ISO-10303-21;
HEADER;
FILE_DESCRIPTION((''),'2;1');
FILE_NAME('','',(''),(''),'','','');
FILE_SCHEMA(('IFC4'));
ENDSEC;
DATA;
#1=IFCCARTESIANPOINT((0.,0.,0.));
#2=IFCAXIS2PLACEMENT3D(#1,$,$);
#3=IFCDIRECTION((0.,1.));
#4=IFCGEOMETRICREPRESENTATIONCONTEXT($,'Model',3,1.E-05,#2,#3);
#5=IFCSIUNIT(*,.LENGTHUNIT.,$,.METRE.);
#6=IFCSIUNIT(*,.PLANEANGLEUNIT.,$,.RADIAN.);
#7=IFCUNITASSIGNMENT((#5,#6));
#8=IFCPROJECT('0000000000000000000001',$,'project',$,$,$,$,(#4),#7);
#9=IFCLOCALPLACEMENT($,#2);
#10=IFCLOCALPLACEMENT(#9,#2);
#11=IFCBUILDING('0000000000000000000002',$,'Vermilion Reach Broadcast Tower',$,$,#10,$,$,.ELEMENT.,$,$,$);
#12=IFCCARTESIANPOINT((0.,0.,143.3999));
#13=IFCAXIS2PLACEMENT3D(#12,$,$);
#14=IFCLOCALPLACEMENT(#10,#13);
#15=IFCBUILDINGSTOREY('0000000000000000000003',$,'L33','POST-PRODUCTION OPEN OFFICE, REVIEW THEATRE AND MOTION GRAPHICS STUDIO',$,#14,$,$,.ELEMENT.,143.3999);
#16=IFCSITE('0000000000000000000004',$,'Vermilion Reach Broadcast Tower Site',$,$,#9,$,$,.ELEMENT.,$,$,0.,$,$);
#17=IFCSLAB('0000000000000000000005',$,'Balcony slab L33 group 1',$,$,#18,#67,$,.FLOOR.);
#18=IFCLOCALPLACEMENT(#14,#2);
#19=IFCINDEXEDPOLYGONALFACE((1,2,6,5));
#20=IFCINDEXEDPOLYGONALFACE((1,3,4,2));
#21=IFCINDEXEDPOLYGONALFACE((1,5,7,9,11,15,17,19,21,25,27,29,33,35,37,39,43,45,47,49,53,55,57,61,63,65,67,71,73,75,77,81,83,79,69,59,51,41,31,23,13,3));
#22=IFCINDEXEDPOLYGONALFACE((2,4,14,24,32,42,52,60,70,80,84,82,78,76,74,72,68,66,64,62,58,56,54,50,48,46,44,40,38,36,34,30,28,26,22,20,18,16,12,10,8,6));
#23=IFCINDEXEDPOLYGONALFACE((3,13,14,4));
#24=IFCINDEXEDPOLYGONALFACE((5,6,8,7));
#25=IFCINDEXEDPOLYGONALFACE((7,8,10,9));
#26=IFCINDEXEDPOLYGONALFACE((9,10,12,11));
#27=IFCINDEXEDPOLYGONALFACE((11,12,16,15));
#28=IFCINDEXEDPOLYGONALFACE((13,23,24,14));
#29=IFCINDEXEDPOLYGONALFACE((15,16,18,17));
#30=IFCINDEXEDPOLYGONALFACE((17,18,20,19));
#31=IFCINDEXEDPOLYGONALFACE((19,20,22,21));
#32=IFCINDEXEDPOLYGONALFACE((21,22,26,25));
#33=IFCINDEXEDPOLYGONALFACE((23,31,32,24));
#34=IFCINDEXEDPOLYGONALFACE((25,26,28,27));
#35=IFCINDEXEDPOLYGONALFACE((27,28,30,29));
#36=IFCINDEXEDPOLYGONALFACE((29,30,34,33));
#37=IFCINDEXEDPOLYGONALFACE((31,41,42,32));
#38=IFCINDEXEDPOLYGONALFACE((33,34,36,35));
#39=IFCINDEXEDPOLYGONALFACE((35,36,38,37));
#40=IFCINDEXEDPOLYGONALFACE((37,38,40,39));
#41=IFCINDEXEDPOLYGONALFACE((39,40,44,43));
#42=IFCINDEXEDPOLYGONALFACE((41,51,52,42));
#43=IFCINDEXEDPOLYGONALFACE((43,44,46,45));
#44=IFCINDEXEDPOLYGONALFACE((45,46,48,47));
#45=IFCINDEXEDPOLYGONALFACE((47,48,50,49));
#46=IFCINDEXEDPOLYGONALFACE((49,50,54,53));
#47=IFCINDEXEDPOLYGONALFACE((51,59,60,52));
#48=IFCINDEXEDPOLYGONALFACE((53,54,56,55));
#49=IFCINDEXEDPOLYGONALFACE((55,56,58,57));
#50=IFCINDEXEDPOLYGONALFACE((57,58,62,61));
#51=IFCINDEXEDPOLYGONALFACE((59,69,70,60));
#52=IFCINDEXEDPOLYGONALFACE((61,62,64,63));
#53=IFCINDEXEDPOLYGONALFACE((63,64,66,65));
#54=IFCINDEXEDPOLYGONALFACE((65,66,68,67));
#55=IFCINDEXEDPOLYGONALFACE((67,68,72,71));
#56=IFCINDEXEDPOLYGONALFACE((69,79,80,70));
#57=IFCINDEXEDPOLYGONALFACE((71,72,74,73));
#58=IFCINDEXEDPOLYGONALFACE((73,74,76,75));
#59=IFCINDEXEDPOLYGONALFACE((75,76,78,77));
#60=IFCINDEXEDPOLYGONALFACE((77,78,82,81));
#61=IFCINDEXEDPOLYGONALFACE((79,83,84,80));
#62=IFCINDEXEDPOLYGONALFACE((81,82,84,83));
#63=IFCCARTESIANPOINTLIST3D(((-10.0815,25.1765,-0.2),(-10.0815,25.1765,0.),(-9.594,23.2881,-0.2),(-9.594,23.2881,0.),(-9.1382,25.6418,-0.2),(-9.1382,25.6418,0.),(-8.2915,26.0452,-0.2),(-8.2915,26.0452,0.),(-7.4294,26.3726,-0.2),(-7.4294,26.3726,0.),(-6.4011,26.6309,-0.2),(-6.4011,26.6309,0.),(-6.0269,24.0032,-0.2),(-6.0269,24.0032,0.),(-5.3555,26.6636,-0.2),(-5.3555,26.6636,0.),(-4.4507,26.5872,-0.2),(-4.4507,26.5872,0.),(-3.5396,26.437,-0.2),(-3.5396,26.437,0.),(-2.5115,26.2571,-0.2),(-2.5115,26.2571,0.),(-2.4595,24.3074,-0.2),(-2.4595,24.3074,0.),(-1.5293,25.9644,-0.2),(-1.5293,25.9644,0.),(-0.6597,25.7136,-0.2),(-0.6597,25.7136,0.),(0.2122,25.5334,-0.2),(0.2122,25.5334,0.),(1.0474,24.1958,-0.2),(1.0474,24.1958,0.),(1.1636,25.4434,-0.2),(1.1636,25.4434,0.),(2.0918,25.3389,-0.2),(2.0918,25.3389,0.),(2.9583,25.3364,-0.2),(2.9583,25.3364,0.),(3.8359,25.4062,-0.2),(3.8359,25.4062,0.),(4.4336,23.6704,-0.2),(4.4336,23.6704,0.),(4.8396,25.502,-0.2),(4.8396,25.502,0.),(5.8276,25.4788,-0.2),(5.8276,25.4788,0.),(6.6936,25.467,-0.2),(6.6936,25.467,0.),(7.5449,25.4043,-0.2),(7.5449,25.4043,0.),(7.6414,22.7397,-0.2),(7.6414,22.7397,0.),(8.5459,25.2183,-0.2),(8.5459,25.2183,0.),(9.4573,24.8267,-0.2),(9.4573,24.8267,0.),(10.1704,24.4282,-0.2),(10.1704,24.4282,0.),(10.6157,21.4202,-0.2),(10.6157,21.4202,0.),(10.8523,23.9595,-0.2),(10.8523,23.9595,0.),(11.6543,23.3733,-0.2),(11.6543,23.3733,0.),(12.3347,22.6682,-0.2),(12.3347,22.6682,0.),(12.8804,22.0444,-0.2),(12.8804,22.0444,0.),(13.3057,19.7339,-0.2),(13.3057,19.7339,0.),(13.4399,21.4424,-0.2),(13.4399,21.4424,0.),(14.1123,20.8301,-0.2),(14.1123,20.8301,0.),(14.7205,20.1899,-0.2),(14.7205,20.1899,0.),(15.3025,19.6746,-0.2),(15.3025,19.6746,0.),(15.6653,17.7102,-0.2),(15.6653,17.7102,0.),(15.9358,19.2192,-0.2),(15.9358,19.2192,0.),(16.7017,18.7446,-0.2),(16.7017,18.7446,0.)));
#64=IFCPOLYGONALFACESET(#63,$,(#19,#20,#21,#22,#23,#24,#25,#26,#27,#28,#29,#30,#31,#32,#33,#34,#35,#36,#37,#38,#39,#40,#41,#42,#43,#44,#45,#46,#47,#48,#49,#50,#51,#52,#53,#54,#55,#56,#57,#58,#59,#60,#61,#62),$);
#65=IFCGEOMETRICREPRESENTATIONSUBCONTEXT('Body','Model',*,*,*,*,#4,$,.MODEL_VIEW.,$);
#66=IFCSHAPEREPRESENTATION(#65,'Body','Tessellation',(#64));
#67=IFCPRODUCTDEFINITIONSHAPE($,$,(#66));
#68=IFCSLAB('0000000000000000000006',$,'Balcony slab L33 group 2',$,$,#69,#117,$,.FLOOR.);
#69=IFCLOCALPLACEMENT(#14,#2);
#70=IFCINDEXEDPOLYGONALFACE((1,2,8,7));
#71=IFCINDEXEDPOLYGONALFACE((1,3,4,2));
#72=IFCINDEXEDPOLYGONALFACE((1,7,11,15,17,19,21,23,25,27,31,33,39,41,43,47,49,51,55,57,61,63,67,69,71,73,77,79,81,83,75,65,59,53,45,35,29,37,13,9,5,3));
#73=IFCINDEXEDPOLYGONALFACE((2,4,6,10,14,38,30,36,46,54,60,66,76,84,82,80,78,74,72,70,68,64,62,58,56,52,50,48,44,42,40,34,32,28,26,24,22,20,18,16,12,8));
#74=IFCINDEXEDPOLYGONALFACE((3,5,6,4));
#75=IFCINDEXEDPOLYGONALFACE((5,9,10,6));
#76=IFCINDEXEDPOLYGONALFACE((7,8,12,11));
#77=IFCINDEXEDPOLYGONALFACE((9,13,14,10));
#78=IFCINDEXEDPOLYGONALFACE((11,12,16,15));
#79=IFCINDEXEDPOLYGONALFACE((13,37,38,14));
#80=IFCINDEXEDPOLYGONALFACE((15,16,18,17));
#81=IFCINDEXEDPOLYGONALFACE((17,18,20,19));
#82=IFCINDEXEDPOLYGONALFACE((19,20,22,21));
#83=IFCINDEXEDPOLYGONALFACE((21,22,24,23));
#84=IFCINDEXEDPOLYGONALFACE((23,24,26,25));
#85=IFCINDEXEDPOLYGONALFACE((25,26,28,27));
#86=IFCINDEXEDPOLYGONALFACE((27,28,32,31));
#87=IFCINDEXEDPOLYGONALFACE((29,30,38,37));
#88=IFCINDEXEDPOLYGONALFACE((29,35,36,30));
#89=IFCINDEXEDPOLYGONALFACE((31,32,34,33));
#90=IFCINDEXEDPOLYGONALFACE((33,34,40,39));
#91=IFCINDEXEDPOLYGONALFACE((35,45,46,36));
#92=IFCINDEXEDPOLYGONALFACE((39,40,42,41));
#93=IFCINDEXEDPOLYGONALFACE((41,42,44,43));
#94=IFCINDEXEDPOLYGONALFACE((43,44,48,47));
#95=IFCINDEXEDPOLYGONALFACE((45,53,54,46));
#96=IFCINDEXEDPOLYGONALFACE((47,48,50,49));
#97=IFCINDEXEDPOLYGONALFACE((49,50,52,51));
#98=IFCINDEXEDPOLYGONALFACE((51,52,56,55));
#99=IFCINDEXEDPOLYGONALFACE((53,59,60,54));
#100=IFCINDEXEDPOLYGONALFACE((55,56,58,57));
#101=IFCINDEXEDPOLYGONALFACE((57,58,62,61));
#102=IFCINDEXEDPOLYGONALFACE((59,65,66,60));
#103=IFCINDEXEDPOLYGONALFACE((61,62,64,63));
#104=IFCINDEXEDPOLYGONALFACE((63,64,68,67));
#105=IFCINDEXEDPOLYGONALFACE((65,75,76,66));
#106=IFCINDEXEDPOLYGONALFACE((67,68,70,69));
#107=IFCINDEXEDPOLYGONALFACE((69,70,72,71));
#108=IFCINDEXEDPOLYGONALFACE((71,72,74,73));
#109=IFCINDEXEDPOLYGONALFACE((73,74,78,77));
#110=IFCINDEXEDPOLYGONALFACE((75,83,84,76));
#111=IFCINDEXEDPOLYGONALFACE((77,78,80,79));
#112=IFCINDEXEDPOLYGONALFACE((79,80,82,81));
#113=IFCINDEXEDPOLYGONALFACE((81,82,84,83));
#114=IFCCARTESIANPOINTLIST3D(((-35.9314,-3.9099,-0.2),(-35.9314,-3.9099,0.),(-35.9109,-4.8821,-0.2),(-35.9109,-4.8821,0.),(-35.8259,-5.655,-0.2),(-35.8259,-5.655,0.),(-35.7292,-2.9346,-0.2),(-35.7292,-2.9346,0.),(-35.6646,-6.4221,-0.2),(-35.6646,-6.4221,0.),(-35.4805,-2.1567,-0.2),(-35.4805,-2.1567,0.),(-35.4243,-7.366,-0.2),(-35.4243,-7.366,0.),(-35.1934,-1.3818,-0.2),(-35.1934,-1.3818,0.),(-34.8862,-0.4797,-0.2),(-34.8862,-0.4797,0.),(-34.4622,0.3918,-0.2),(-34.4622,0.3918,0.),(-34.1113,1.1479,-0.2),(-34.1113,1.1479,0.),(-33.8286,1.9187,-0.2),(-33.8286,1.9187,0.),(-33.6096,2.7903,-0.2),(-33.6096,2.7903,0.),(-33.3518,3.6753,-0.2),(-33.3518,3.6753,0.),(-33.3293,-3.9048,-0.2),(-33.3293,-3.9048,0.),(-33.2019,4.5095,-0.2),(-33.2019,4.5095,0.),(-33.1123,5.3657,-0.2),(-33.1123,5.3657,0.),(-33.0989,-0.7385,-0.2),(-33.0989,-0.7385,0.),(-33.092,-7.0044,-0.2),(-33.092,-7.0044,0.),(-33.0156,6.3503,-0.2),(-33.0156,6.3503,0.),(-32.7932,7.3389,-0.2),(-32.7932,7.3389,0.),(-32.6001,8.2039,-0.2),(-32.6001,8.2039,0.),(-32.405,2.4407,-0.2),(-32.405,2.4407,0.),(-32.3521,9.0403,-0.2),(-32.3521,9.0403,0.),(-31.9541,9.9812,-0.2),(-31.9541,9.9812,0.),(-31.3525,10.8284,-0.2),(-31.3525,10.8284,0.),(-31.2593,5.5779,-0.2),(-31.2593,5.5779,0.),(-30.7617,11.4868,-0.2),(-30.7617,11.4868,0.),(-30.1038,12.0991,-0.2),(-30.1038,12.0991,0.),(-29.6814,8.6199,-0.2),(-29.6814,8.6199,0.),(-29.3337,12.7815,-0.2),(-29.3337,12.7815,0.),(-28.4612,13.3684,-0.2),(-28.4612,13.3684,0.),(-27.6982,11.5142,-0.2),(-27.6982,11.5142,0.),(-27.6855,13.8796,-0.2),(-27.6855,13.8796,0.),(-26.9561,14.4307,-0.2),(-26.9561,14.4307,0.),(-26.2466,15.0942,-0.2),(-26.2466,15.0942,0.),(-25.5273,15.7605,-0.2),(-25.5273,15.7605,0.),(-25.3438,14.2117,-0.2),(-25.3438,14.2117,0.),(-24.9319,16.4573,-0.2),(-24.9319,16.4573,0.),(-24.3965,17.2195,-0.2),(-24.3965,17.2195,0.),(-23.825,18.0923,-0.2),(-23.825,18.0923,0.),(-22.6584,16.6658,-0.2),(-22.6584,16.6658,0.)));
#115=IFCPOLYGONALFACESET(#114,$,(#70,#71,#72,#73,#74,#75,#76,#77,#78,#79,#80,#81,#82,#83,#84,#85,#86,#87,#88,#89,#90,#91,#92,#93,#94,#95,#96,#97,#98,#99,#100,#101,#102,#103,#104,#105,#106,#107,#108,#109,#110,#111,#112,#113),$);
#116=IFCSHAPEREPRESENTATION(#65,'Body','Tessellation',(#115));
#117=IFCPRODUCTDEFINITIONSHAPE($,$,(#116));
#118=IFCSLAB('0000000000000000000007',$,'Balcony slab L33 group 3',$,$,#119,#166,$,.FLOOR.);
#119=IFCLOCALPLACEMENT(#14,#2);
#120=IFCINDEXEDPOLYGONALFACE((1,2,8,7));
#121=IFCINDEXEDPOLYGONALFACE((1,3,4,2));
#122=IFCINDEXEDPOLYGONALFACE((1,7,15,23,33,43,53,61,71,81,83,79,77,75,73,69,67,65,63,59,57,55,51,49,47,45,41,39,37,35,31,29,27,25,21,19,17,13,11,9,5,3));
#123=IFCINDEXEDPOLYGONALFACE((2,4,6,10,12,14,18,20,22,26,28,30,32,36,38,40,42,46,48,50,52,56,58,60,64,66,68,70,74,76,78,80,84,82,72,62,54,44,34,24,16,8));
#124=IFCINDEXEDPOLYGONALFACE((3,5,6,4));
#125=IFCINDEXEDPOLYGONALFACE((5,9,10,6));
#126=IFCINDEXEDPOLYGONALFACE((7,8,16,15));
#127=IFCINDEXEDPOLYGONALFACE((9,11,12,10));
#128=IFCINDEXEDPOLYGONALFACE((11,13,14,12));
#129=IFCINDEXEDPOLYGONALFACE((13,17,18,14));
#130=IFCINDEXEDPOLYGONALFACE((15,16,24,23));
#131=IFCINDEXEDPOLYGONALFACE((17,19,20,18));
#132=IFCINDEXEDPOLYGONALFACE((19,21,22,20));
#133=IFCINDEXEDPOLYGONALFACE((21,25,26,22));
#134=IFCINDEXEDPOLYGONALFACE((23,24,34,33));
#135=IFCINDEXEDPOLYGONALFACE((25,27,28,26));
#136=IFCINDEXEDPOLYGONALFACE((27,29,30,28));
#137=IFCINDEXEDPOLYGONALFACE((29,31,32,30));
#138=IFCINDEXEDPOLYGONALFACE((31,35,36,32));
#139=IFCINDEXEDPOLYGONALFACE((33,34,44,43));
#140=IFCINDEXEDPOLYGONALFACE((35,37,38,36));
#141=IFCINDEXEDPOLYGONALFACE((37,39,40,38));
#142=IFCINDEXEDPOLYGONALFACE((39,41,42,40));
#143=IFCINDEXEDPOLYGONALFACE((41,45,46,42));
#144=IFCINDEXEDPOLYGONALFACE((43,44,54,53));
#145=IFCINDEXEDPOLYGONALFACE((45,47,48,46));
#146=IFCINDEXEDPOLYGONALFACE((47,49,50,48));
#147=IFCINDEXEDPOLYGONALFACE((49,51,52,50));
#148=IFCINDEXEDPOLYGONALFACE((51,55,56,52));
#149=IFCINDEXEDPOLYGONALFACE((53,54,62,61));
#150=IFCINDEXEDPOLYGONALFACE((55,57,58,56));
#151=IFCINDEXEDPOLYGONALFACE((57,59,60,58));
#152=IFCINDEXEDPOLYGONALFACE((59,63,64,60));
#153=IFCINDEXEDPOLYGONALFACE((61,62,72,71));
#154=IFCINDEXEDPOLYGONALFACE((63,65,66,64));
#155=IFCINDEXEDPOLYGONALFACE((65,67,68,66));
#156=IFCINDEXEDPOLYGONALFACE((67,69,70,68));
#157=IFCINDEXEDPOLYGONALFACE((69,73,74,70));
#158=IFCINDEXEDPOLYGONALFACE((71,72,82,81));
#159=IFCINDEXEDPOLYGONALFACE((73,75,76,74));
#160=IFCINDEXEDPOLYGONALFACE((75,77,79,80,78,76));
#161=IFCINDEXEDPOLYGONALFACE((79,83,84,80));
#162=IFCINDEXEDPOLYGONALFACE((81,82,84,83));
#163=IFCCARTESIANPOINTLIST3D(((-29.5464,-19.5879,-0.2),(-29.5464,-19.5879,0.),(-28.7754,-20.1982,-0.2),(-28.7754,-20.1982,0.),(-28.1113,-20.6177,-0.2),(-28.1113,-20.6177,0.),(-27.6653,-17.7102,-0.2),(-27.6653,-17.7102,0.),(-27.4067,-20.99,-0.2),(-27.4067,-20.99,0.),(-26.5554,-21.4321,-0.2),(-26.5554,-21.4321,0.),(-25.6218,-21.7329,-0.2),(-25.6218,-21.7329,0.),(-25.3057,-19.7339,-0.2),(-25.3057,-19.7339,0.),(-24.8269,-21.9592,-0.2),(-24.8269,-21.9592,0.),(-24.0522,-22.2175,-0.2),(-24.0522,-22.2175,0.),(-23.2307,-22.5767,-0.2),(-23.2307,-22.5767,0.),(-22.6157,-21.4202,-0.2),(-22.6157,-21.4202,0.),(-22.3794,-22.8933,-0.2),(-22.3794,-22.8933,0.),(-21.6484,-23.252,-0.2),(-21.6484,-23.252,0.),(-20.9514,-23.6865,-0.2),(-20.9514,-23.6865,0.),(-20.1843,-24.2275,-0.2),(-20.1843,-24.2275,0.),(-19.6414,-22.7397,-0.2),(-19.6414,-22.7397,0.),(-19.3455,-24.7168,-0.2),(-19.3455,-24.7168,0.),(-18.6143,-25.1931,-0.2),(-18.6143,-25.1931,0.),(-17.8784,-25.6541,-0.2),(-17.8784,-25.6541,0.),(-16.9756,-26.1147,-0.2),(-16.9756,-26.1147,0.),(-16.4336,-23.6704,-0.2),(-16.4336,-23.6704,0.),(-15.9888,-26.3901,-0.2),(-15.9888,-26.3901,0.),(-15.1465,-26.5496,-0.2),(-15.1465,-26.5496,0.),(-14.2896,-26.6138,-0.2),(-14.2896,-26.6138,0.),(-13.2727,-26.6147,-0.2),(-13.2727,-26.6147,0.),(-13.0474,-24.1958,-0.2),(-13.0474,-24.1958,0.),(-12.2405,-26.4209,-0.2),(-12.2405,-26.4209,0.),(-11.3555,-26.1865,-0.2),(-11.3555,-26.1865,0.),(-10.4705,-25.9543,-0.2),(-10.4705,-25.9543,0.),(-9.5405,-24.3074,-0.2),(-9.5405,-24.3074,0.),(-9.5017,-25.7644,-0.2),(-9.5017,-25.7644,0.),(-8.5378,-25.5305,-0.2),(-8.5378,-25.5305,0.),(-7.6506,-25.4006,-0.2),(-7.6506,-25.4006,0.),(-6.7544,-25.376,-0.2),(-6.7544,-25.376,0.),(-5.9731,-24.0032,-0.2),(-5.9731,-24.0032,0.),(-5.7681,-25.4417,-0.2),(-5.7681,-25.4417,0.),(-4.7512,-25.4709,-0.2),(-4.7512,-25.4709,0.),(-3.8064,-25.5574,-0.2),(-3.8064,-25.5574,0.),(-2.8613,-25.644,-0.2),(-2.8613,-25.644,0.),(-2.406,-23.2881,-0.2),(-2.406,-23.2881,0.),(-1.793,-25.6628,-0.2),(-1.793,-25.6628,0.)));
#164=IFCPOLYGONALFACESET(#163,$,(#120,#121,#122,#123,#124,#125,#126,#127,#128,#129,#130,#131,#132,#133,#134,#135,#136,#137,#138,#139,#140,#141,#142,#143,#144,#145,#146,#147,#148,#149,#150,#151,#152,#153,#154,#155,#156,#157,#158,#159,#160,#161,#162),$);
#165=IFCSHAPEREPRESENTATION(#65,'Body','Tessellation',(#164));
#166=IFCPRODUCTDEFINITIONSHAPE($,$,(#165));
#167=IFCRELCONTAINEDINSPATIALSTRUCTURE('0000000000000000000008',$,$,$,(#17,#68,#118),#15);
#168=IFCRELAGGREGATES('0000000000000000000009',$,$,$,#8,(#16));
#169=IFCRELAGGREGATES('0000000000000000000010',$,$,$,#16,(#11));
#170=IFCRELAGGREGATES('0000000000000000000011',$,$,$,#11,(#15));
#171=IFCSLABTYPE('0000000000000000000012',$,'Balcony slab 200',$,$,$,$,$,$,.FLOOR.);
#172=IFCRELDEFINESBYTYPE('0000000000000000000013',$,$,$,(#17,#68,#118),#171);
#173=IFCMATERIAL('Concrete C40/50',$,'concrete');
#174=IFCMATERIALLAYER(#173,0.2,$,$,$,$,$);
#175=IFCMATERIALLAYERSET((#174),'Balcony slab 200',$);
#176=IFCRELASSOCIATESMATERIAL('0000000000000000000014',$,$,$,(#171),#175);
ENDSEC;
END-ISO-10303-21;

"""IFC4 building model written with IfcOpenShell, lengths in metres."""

from ifc_helpers import new_model, si_unit, direction, frame, origin, place, context, subcontext, project, spatial, polyline, outline, extrude, material, layer, layer_set, type_object, element, save


model = new_model("IFC4")

# Units and contexts
model_context = context("Model", 3, precision=1e-05, world=origin(), true_north=direction((0.0, 1.0)))
body_context = subcontext(model_context, "Body", "Model", "MODEL_VIEW")
ifc_project = project(units=[si_unit("LENGTHUNIT", "METRE"), si_unit("PLANEANGLEUNIT", "RADIAN")], contexts=[model_context])

# Site, building, storey
site_placement = place(None, origin())
site = spatial("IfcSite", under=ifc_project, at=site_placement, Name="Vermilion Reach Broadcast Tower Site", CompositionType="ELEMENT", RefElevation=0.0)
building_placement = place(site_placement, origin())
building = spatial("IfcBuilding", under=site, at=building_placement, Name="Vermilion Reach Broadcast Tower", CompositionType="ELEMENT")
storey_placement = place(building_placement, frame((0.0, 0.0, 143.3999)))
storey = spatial("IfcBuildingStorey", under=building, at=storey_placement, Name="L33", Description="POST-PRODUCTION OPEN OFFICE, REVIEW THEATRE AND MOTION GRAPHICS STUDIO", CompositionType="ELEMENT", Elevation=143.3999)

# Slabs
ifc_material_1 = material(Name="Concrete C40/50", Category="concrete")
ifc_layer_1 = layer(ifc_material_1, 0.2)
ifc_layer_set_1 = layer_set([ifc_layer_1], Name="Balcony slab 200")
slab_type_1 = type_object("IfcSlabType", Name="Balcony slab 200", PredefinedType="FLOOR", material=ifc_layer_set_1)
placement_1 = place(storey_placement, frame((0.0, 0.0, -0.2)))
element("IfcSlab", 1, at=placement_1, inside=storey, type_object=slab_type_1, Name="Balcony slab L33 group 1", PredefinedType="FLOOR", context=body_context, shape_type="SweptSolid", body=[
    extrude(outline(polyline([(15.6653, 17.7102), (13.3057, 19.7339), (10.6157, 21.4202), (7.6414, 22.7397), (4.4336, 23.6704), (1.0474, 24.1958), (-2.4595, 24.3074), (-6.0269, 24.0032), (-9.594, 23.2881), (-10.0815, 25.1765), (-9.1382, 25.6418), (-8.2915, 26.0452), (-7.4294, 26.3726), (-6.4011, 26.6309), (-5.3555, 26.6636), (-4.4507, 26.5872), (-3.5396, 26.437), (-2.5115, 26.2571), (-1.5293, 25.9644), (-0.6597, 25.7136), (0.2122, 25.5334), (1.1636, 25.4434), (2.0918, 25.3389), (2.9583, 25.3364), (3.8359, 25.4062), (4.8396, 25.502), (5.8276, 25.4788), (6.6936, 25.467), (7.5449, 25.4043), (8.5459, 25.2183), (9.4573, 24.8267), (10.1704, 24.4282), (10.8523, 23.9595), (11.6543, 23.3733), (12.3347, 22.6682), (12.8804, 22.0444), (13.4399, 21.4424), (14.1123, 20.8301), (14.7205, 20.1899), (15.3025, 19.6746), (15.9358, 19.2192), (16.7017, 18.7446), (15.6653, 17.7102)])), origin(), (0.0, 0.0, 1.0), 0.2),
])
element("IfcSlab", 2, at=placement_1, inside=storey, type_object=slab_type_1, Name="Balcony slab L33 group 2", PredefinedType="FLOOR", context=body_context, shape_type="SweptSolid", body=[
    extrude(outline(polyline([(-22.6584, 16.6658), (-25.3438, 14.2117), (-27.6982, 11.5142), (-29.6814, 8.6199), (-31.2593, 5.5779), (-32.405, 2.4407), (-33.0989, -0.7385), (-33.3293, -3.9048), (-33.092, -7.0044), (-35.4243, -7.366), (-35.6646, -6.4221), (-35.8259, -5.655), (-35.9109, -4.8821), (-35.9314, -3.9099), (-35.7292, -2.9346), (-35.4805, -2.1567), (-35.1934, -1.3818), (-34.8862, -0.4797), (-34.4622, 0.3918), (-34.1113, 1.1479), (-33.8286, 1.9187), (-33.6096, 2.7903), (-33.3518, 3.6753), (-33.2019, 4.5095), (-33.1123, 5.3657), (-33.0156, 6.3503), (-32.7932, 7.3389), (-32.6001, 8.2039), (-32.3521, 9.0403), (-31.9541, 9.9812), (-31.3525, 10.8284), (-30.7617, 11.4868), (-30.1038, 12.0991), (-29.3337, 12.7815), (-28.4612, 13.3684), (-27.6855, 13.8796), (-26.9561, 14.4307), (-26.2466, 15.0942), (-25.5273, 15.7605), (-24.9319, 16.4573), (-24.3965, 17.2195), (-23.825, 18.0923), (-22.6584, 16.6658)])), origin(), (0.0, 0.0, 1.0), 0.2),
])
element("IfcSlab", 3, at=placement_1, inside=storey, type_object=slab_type_1, Name="Balcony slab L33 group 3", PredefinedType="FLOOR", context=body_context, shape_type="SweptSolid", body=[
    extrude(outline(polyline([(-27.6653, -17.7102), (-25.3057, -19.7339), (-22.6157, -21.4202), (-19.6414, -22.7397), (-16.4336, -23.6704), (-13.0474, -24.1958), (-9.5405, -24.3074), (-5.9731, -24.0032), (-2.406, -23.2881), (-1.793, -25.6628), (-2.8613, -25.644), (-3.8064, -25.5574), (-4.7512, -25.4709), (-5.7681, -25.4417), (-6.7544, -25.376), (-7.6506, -25.4006), (-8.5378, -25.5305), (-9.5017, -25.7644), (-10.4705, -25.9543), (-11.3555, -26.1865), (-12.2405, -26.4209), (-13.2727, -26.6147), (-14.2896, -26.6138), (-15.1465, -26.5496), (-15.9888, -26.3901), (-16.9756, -26.1147), (-17.8784, -25.6541), (-18.6143, -25.1931), (-19.3455, -24.7168), (-20.1843, -24.2275), (-20.9514, -23.6865), (-21.6484, -23.252), (-22.3794, -22.8933), (-23.2307, -22.5767), (-24.0522, -22.2175), (-24.8269, -21.9592), (-25.6218, -21.7329), (-26.5554, -21.4321), (-27.4067, -20.99), (-28.1113, -20.6177), (-28.7754, -20.1982), (-29.5464, -19.5879), (-27.6653, -17.7102)])), origin(), (0.0, 0.0, 1.0), 0.2),
])

save(model, "model.ifc")
